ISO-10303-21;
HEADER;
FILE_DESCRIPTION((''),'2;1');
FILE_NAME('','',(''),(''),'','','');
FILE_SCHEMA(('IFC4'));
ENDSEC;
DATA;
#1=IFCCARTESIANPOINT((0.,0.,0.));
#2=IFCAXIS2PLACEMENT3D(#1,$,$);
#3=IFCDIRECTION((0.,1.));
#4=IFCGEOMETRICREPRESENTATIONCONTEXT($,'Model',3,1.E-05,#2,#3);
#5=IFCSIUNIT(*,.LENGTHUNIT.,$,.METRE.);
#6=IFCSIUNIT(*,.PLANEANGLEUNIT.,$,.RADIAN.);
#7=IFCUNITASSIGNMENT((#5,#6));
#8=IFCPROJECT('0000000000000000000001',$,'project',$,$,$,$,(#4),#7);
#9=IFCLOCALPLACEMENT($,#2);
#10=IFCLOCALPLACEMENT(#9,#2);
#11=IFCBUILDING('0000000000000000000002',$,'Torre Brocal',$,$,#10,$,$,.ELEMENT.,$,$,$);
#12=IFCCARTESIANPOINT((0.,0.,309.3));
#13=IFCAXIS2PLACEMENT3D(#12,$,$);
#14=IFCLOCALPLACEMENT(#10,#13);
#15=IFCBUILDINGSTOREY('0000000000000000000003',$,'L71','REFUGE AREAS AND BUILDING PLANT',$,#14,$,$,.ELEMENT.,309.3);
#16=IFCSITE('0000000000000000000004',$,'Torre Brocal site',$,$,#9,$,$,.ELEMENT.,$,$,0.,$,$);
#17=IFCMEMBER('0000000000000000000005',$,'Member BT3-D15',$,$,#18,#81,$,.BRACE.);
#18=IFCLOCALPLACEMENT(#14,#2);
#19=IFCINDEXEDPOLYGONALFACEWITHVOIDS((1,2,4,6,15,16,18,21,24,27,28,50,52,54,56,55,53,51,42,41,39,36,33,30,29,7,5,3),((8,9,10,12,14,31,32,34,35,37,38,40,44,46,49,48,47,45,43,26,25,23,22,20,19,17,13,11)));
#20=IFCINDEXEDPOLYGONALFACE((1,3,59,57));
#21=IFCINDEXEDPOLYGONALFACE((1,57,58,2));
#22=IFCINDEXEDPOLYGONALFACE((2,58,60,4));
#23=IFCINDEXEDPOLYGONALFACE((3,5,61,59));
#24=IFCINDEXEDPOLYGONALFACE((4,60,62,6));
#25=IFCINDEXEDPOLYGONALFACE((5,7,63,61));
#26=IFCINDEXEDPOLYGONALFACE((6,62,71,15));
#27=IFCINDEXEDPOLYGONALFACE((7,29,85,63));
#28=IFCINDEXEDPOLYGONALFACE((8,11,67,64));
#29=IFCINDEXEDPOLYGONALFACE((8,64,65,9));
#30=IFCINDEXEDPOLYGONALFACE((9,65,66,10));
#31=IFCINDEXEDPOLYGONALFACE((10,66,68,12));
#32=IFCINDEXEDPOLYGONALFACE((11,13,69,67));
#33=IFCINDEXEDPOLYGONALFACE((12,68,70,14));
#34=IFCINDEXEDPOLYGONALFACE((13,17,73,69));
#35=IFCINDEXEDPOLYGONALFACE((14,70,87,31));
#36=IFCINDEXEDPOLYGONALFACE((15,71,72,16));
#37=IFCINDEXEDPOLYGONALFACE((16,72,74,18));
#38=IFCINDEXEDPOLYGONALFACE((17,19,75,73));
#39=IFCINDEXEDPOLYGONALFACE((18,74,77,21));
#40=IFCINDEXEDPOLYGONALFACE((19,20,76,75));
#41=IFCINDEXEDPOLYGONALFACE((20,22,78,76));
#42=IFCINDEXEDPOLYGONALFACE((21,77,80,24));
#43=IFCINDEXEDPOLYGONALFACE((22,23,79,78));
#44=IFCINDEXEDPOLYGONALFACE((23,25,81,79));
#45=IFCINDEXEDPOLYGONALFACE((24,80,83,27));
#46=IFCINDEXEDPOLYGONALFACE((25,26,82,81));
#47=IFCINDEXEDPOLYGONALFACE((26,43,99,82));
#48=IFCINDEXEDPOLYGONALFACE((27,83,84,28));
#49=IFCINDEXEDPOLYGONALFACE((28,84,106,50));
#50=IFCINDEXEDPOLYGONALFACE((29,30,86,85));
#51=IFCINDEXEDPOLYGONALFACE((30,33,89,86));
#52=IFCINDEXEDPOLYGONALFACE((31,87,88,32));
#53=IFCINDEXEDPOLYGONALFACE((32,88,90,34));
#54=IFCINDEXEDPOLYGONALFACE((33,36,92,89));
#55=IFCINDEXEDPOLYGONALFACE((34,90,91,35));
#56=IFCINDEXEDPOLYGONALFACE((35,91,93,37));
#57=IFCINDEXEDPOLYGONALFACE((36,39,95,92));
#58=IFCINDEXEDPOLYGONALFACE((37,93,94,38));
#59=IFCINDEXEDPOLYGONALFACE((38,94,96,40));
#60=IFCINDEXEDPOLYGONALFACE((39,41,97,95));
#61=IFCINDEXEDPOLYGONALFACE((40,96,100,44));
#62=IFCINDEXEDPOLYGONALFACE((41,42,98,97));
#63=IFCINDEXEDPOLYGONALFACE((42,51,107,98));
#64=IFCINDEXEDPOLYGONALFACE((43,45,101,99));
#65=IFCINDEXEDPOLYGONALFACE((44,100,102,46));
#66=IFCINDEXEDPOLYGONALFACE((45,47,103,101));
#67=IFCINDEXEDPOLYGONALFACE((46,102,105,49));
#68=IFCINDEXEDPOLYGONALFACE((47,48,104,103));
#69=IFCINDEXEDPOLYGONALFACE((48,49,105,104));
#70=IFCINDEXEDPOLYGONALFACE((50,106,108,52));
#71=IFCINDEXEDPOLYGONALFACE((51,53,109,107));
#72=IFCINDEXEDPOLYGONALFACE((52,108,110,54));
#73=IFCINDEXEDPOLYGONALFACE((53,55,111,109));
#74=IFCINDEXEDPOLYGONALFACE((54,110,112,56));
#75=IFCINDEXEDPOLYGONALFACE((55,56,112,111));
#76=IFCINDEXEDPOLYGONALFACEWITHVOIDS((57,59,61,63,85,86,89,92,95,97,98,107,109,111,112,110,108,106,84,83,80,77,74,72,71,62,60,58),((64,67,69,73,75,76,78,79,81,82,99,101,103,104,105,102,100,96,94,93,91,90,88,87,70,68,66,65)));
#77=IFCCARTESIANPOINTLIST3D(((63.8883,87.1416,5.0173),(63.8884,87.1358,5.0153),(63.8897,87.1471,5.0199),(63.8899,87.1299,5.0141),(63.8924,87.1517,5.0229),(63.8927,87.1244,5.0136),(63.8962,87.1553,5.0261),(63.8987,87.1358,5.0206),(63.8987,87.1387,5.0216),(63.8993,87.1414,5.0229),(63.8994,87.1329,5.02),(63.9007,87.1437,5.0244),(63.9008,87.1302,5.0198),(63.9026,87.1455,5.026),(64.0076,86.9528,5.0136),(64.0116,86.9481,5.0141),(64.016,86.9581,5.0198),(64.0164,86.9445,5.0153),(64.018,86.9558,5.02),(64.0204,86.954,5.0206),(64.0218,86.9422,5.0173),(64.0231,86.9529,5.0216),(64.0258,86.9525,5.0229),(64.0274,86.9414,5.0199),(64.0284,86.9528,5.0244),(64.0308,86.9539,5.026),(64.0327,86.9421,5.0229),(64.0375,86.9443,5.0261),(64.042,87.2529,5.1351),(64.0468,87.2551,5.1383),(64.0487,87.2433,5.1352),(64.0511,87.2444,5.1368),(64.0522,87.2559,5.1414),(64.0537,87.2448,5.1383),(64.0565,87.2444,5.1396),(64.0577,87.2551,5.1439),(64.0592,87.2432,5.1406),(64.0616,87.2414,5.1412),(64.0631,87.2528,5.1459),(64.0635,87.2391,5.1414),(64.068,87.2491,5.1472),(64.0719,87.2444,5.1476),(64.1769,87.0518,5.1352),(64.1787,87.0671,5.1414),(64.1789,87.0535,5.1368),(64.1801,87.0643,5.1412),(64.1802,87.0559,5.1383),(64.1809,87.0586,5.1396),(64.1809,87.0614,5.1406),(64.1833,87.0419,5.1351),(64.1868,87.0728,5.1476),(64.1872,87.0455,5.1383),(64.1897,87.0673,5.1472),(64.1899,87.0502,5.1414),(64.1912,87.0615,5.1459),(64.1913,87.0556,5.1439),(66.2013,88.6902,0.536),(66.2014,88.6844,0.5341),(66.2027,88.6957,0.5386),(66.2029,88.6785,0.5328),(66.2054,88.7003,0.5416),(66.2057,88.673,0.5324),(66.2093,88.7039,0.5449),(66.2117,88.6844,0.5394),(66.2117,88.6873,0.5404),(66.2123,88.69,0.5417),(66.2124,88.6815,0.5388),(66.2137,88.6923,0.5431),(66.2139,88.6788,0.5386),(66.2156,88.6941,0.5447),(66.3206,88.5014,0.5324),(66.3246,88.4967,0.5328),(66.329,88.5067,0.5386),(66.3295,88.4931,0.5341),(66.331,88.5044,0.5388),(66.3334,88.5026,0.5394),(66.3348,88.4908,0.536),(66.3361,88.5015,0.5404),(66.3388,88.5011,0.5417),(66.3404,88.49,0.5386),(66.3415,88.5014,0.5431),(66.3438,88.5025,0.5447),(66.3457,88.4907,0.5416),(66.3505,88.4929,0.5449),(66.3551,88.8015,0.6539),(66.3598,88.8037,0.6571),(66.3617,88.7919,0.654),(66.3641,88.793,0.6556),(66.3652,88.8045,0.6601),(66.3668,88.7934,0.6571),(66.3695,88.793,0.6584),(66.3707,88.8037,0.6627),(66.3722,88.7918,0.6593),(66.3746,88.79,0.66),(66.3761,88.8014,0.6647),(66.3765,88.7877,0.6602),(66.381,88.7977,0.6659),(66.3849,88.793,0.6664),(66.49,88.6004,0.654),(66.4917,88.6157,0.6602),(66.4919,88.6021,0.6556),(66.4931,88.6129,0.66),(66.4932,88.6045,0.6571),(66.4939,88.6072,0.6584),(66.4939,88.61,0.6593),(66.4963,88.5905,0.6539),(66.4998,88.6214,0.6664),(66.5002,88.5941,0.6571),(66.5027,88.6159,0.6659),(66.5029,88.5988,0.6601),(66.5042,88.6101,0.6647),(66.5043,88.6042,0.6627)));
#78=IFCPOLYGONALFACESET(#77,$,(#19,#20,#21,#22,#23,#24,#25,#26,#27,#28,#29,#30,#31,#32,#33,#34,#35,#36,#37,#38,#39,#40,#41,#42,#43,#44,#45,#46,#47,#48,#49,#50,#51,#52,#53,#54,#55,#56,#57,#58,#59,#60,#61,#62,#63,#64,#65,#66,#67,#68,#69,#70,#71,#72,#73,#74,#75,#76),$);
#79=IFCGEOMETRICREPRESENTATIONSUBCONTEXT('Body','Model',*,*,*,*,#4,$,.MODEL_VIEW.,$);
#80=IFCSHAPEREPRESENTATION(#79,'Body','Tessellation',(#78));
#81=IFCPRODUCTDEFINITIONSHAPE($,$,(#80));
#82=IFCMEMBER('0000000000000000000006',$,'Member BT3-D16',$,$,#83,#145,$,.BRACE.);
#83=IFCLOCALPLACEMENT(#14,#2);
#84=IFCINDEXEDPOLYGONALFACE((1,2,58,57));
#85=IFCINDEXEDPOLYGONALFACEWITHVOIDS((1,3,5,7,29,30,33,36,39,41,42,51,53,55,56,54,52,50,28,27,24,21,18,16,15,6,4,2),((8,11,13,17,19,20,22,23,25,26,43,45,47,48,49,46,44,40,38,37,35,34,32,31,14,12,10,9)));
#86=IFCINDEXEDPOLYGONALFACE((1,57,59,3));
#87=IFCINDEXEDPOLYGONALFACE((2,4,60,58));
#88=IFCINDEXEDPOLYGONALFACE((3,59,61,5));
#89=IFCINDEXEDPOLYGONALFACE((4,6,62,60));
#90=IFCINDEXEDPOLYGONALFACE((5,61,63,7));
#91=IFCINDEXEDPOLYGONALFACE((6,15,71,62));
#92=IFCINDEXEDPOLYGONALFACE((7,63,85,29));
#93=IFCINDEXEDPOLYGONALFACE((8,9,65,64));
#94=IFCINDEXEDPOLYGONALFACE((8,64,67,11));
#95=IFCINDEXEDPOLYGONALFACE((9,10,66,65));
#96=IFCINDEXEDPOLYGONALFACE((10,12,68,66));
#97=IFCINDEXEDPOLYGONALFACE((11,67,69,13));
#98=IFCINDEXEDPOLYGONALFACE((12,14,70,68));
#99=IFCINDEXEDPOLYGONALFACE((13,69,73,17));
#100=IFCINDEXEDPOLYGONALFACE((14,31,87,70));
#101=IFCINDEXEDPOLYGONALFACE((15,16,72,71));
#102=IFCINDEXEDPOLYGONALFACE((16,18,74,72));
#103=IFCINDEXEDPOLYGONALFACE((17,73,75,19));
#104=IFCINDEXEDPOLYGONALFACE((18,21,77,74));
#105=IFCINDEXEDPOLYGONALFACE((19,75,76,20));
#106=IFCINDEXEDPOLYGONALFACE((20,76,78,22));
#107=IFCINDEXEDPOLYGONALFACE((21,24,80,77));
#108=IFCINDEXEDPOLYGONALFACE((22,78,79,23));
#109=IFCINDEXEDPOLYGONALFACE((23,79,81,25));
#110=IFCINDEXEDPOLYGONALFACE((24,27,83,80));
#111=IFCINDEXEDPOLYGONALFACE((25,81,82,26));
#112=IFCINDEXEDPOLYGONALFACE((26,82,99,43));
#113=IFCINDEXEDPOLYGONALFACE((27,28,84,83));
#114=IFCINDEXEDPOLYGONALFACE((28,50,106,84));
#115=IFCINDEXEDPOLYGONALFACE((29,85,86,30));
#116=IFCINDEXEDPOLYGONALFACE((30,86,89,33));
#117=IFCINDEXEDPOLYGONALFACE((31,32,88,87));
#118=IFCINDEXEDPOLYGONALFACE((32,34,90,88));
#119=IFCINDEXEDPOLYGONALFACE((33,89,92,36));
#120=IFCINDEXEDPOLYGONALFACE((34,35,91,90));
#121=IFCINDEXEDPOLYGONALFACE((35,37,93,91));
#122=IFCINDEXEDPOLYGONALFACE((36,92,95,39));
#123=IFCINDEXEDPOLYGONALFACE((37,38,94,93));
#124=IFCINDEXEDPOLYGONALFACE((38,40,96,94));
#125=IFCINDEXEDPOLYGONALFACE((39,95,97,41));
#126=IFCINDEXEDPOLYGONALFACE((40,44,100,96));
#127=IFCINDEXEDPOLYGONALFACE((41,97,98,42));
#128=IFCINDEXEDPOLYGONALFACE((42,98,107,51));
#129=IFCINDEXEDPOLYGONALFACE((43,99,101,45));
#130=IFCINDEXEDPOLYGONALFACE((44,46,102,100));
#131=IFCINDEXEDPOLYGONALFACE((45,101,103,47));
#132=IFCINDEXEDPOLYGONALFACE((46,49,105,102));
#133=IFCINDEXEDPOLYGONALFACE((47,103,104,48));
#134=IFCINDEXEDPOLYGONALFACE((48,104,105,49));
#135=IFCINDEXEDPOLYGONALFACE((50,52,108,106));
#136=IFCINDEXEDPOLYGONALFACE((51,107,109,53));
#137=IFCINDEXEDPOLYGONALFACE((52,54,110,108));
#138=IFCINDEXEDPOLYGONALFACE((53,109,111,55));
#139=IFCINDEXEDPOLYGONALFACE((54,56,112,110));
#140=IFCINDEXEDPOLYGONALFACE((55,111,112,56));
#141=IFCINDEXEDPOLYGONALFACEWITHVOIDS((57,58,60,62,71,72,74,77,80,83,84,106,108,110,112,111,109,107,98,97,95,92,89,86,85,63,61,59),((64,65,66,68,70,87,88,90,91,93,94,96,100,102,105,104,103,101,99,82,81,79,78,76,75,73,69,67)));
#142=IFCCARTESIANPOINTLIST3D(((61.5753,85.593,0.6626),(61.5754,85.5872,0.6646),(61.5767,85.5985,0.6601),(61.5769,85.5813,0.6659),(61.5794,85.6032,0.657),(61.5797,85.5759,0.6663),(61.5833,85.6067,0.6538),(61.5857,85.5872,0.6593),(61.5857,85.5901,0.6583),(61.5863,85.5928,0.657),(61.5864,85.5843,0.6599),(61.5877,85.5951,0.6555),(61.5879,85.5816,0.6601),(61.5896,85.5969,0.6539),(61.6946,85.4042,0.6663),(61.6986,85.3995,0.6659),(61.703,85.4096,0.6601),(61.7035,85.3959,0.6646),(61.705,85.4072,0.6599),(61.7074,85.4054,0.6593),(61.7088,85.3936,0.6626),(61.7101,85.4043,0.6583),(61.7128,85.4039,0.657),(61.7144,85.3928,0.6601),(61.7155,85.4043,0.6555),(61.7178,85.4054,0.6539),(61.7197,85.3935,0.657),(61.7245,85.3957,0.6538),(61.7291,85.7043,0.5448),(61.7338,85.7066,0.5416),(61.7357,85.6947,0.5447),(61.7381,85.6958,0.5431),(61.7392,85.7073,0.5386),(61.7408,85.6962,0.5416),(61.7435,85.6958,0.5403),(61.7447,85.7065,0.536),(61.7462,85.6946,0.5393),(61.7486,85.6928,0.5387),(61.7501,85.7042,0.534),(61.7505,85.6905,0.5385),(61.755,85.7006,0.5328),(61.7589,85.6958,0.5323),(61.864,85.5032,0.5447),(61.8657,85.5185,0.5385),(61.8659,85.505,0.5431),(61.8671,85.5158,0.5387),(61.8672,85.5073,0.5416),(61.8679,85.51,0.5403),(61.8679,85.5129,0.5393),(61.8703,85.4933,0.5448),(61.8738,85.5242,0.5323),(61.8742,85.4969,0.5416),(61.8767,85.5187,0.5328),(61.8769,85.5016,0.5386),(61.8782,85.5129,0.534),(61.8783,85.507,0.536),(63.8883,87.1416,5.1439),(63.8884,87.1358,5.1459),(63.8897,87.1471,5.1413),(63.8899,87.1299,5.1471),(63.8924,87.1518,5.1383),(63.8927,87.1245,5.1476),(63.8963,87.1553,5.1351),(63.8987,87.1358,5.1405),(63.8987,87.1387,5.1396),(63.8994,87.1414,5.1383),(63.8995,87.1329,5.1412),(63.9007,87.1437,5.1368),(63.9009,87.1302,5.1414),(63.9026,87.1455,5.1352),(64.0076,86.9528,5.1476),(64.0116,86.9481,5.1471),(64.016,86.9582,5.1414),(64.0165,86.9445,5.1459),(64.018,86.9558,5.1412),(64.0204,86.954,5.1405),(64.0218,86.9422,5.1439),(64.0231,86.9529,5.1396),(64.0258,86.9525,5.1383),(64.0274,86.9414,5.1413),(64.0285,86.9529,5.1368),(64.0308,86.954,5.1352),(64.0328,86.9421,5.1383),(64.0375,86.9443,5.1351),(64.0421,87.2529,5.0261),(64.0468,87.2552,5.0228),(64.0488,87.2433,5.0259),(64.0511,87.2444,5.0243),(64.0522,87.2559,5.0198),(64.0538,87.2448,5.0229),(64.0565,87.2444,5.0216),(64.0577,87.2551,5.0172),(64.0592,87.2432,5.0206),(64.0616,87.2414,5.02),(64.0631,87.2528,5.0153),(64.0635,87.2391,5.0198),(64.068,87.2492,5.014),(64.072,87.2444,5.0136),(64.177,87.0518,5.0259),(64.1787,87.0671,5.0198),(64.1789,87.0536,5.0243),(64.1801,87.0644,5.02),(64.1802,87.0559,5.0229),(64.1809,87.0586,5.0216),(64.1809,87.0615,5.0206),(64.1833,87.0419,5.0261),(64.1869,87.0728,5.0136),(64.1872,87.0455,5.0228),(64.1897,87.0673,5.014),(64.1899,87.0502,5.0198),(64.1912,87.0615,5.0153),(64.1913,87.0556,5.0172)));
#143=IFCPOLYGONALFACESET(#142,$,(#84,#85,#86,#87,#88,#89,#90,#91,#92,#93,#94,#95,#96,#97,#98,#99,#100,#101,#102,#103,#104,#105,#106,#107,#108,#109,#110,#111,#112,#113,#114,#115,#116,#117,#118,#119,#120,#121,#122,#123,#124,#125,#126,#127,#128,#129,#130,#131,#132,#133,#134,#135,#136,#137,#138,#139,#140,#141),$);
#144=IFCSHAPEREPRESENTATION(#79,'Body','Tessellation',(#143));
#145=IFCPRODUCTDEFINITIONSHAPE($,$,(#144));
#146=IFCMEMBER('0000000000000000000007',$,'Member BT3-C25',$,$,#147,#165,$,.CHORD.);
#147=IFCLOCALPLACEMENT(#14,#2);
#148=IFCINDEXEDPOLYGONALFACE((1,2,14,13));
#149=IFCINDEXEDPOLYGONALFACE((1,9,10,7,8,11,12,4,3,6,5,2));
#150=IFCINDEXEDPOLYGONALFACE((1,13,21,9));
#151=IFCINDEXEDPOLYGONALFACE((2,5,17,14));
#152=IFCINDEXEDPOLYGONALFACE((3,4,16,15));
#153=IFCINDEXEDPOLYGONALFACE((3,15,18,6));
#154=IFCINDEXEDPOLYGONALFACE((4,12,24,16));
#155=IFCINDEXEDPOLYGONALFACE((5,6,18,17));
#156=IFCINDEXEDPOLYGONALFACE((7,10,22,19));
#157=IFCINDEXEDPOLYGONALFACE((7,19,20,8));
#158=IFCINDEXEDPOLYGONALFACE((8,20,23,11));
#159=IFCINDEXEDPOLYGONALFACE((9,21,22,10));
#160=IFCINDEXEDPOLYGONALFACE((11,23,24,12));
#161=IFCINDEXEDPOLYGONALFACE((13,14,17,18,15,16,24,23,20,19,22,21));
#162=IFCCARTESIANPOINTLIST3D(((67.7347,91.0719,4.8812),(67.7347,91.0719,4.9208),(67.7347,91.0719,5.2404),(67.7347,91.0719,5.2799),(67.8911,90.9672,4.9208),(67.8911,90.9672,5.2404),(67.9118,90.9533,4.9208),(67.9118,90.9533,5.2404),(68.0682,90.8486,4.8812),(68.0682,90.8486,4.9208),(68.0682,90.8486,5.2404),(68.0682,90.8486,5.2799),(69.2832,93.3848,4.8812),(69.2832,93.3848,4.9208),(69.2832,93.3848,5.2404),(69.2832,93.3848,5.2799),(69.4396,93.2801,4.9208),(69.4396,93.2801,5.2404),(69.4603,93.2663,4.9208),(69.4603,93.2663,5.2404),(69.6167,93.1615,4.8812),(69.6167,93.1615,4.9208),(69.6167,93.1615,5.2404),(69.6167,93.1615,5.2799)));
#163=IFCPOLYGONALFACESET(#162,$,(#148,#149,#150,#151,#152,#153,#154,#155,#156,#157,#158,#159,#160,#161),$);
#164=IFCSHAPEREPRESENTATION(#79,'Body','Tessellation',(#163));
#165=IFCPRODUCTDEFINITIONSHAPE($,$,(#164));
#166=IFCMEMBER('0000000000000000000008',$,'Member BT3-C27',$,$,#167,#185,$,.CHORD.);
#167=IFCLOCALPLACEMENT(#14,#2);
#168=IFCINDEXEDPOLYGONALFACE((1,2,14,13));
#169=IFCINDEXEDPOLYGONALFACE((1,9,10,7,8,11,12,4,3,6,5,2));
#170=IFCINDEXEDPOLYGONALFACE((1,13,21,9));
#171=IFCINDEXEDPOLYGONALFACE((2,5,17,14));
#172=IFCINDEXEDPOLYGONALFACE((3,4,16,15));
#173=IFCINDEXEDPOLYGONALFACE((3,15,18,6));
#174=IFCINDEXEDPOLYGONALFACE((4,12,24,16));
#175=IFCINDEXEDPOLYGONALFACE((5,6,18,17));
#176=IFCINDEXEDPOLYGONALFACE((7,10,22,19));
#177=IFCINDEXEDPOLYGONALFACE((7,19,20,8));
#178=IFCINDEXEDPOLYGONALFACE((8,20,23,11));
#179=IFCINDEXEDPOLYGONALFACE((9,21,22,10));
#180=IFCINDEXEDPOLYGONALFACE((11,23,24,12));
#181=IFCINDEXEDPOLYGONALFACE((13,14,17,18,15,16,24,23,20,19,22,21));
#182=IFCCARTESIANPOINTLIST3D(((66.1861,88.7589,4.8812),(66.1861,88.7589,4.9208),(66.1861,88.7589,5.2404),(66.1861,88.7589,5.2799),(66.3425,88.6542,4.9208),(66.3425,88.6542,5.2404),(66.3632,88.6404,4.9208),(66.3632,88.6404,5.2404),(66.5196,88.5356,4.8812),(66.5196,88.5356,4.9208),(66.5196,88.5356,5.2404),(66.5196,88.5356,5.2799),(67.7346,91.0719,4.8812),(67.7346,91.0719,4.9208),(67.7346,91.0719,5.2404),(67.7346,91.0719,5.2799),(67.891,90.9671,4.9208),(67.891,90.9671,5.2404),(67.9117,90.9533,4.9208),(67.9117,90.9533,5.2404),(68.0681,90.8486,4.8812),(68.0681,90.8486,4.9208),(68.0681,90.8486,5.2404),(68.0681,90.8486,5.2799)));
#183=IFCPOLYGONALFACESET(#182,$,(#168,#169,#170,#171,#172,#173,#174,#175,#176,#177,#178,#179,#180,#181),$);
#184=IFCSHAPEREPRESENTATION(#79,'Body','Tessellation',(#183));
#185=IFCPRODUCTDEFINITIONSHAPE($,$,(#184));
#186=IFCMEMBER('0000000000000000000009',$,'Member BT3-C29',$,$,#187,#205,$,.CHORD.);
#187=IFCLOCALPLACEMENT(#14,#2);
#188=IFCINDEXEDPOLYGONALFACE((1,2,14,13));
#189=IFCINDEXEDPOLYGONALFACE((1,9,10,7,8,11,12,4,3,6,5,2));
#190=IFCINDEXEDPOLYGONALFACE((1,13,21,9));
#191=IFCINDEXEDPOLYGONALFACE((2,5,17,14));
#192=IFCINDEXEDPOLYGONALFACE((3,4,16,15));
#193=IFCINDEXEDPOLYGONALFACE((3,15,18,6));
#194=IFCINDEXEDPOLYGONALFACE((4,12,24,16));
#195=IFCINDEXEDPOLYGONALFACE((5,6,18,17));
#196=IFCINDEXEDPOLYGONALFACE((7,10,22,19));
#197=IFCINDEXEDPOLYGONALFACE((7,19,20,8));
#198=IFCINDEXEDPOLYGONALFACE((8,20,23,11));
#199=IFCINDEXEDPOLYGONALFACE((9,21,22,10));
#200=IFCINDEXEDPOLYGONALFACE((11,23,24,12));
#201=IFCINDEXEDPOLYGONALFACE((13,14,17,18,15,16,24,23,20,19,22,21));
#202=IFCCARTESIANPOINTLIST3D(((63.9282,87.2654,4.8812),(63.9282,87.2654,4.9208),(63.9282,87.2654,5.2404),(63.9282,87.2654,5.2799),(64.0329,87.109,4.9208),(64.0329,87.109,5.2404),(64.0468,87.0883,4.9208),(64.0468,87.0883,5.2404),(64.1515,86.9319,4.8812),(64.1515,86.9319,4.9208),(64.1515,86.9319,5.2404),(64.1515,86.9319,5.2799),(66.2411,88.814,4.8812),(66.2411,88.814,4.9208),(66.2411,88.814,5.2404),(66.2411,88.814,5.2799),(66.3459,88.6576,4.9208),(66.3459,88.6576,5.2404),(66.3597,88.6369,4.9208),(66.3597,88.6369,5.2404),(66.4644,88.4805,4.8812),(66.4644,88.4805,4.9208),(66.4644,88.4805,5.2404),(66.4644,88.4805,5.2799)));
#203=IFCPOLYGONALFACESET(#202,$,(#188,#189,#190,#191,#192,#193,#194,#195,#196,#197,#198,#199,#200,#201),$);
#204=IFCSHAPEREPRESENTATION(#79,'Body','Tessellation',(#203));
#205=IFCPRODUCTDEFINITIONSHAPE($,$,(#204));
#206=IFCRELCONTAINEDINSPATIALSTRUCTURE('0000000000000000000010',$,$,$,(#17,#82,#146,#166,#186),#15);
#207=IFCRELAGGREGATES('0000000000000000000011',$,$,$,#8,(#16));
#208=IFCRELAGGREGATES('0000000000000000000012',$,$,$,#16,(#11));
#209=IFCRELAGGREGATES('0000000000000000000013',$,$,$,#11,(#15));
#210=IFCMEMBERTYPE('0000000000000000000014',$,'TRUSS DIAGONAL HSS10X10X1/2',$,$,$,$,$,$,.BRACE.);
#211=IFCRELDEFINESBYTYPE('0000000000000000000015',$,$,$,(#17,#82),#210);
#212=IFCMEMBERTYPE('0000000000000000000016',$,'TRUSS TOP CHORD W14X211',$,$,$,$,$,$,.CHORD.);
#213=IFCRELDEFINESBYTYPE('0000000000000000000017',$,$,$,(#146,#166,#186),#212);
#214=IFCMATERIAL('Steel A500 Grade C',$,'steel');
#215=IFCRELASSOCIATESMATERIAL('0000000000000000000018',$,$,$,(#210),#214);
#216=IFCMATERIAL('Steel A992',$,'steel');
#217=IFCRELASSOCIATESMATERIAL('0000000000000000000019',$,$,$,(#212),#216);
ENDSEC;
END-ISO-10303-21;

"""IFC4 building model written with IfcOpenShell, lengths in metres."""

from ifc_helpers import new_model, si_unit, direction, frame, origin, origin_2d, place, context, subcontext, project, spatial, hollow_rectangle, i_section, extrude, material, material_profile, profile_set, type_object, element, save


model = new_model("IFC4")

# Units and contexts
model_context = context("Model", 3, precision=1e-05, world=origin(), true_north=direction((0.0, 1.0)))
body_context = subcontext(model_context, "Body", "Model", "MODEL_VIEW")
ifc_project = project(units=[si_unit("LENGTHUNIT", "METRE"), si_unit("PLANEANGLEUNIT", "RADIAN")], contexts=[model_context])

# Site, building, storey
site_placement = place(None, origin())
site = spatial("IfcSite", under=ifc_project, at=site_placement, Name="Torre Brocal site", CompositionType="ELEMENT", RefElevation=0.0)
building_placement = place(site_placement, origin())
building = spatial("IfcBuilding", under=site, at=building_placement, Name="Torre Brocal", CompositionType="ELEMENT")
storey_placement = place(building_placement, frame((0.0, 0.0, 309.3)))
storey = spatial("IfcBuildingStorey", under=building, at=storey_placement, Name="L71", Description="REFUGE AREAS AND BUILDING PLANT", CompositionType="ELEMENT", Elevation=309.3)

# Members
ifc_material_1 = material(Name="Steel A500 Grade C", Category="steel")
ifc_material_profile_1 = material_profile(ifc_material_1, hollow_rectangle(XDim=0.2539, YDim=0.2539, WallThickness=0.0117, InnerFilletRadius=0.0117, OuterFilletRadius=0.0237, at=origin_2d()), Name="HSS10X10X1/2")
ifc_profile_set_1 = profile_set([ifc_material_profile_1], Name="Steel A500 Grade C")
member_type_1 = type_object("IfcMemberType", Name="TRUSS DIAGONAL HSS10X10X1/2", PredefinedType="BRACE", material=ifc_profile_set_1)
for number, where, z_axis, x_axis, name in (
    (1, (66.3528, 88.6472, 0.5994), (-0.438453, -0.293552, 0.849462), (0.556339, -0.830956, 0.0), "Member BT3-D15"),
    (2, (64.0398, 87.0986, 5.0806), (-0.438453, -0.293552, -0.849462), (0.556339, -0.830956, 0.0), "Member BT3-D16"),
):
    element("IfcMember", number, at=place(storey_placement, frame(where, z_axis=z_axis, x_axis=x_axis)), inside=storey, type_object=member_type_1, Name=name, PredefinedType="BRACE", context=body_context, shape_type="SweptSolid", body=[
        extrude(hollow_rectangle(XDim=0.2539, YDim=0.2539, WallThickness=0.0117, InnerFilletRadius=0.0117, OuterFilletRadius=0.0237, at=origin_2d()), origin(), (0.0, 0.0, 1.0), 5.2754),
    ])
ifc_material_2 = material(Name="Steel A992", Category="steel")
ifc_material_profile_2 = material_profile(ifc_material_2, i_section(OverallWidth=0.4014, OverallDepth=0.3987, WebThickness=0.0249, FlangeThickness=0.0396, at=origin_2d()), Name="W14X211")
ifc_profile_set_2 = profile_set([ifc_material_profile_2], Name="Steel A992")
member_type_2 = type_object("IfcMemberType", Name="TRUSS TOP CHORD W14X211", PredefinedType="CHORD", material=ifc_profile_set_2)
for number, where, z_axis, x_axis, name in (
    (3, (69.45, 93.2732, 5.0806), (-0.556339, -0.830956, 0.0), (0.830956, -0.556339, 0.0), "Member BT3-C25"),
    (4, (67.9014, 90.9602, 5.0806), (-0.556339, -0.830956, 0.0), (0.830956, -0.556339, 0.0), "Member BT3-C27"),
    (5, (66.3528, 88.6472, 5.0806), (-0.830956, -0.556339, 0.0), (0.556339, -0.830956, 0.0), "Member BT3-C29"),
):
    element("IfcMember", number, at=place(storey_placement, frame(where, z_axis=z_axis, x_axis=x_axis)), inside=storey, type_object=member_type_2, Name=name, PredefinedType="CHORD", context=body_context, shape_type="SweptSolid", body=[
        extrude(i_section(OverallWidth=0.4014, OverallDepth=0.3987, WebThickness=0.0249, FlangeThickness=0.0396, at=origin_2d()), origin(), (0.0, 0.0, 1.0), 2.7834),
    ])

save(model, "model.ifc")
